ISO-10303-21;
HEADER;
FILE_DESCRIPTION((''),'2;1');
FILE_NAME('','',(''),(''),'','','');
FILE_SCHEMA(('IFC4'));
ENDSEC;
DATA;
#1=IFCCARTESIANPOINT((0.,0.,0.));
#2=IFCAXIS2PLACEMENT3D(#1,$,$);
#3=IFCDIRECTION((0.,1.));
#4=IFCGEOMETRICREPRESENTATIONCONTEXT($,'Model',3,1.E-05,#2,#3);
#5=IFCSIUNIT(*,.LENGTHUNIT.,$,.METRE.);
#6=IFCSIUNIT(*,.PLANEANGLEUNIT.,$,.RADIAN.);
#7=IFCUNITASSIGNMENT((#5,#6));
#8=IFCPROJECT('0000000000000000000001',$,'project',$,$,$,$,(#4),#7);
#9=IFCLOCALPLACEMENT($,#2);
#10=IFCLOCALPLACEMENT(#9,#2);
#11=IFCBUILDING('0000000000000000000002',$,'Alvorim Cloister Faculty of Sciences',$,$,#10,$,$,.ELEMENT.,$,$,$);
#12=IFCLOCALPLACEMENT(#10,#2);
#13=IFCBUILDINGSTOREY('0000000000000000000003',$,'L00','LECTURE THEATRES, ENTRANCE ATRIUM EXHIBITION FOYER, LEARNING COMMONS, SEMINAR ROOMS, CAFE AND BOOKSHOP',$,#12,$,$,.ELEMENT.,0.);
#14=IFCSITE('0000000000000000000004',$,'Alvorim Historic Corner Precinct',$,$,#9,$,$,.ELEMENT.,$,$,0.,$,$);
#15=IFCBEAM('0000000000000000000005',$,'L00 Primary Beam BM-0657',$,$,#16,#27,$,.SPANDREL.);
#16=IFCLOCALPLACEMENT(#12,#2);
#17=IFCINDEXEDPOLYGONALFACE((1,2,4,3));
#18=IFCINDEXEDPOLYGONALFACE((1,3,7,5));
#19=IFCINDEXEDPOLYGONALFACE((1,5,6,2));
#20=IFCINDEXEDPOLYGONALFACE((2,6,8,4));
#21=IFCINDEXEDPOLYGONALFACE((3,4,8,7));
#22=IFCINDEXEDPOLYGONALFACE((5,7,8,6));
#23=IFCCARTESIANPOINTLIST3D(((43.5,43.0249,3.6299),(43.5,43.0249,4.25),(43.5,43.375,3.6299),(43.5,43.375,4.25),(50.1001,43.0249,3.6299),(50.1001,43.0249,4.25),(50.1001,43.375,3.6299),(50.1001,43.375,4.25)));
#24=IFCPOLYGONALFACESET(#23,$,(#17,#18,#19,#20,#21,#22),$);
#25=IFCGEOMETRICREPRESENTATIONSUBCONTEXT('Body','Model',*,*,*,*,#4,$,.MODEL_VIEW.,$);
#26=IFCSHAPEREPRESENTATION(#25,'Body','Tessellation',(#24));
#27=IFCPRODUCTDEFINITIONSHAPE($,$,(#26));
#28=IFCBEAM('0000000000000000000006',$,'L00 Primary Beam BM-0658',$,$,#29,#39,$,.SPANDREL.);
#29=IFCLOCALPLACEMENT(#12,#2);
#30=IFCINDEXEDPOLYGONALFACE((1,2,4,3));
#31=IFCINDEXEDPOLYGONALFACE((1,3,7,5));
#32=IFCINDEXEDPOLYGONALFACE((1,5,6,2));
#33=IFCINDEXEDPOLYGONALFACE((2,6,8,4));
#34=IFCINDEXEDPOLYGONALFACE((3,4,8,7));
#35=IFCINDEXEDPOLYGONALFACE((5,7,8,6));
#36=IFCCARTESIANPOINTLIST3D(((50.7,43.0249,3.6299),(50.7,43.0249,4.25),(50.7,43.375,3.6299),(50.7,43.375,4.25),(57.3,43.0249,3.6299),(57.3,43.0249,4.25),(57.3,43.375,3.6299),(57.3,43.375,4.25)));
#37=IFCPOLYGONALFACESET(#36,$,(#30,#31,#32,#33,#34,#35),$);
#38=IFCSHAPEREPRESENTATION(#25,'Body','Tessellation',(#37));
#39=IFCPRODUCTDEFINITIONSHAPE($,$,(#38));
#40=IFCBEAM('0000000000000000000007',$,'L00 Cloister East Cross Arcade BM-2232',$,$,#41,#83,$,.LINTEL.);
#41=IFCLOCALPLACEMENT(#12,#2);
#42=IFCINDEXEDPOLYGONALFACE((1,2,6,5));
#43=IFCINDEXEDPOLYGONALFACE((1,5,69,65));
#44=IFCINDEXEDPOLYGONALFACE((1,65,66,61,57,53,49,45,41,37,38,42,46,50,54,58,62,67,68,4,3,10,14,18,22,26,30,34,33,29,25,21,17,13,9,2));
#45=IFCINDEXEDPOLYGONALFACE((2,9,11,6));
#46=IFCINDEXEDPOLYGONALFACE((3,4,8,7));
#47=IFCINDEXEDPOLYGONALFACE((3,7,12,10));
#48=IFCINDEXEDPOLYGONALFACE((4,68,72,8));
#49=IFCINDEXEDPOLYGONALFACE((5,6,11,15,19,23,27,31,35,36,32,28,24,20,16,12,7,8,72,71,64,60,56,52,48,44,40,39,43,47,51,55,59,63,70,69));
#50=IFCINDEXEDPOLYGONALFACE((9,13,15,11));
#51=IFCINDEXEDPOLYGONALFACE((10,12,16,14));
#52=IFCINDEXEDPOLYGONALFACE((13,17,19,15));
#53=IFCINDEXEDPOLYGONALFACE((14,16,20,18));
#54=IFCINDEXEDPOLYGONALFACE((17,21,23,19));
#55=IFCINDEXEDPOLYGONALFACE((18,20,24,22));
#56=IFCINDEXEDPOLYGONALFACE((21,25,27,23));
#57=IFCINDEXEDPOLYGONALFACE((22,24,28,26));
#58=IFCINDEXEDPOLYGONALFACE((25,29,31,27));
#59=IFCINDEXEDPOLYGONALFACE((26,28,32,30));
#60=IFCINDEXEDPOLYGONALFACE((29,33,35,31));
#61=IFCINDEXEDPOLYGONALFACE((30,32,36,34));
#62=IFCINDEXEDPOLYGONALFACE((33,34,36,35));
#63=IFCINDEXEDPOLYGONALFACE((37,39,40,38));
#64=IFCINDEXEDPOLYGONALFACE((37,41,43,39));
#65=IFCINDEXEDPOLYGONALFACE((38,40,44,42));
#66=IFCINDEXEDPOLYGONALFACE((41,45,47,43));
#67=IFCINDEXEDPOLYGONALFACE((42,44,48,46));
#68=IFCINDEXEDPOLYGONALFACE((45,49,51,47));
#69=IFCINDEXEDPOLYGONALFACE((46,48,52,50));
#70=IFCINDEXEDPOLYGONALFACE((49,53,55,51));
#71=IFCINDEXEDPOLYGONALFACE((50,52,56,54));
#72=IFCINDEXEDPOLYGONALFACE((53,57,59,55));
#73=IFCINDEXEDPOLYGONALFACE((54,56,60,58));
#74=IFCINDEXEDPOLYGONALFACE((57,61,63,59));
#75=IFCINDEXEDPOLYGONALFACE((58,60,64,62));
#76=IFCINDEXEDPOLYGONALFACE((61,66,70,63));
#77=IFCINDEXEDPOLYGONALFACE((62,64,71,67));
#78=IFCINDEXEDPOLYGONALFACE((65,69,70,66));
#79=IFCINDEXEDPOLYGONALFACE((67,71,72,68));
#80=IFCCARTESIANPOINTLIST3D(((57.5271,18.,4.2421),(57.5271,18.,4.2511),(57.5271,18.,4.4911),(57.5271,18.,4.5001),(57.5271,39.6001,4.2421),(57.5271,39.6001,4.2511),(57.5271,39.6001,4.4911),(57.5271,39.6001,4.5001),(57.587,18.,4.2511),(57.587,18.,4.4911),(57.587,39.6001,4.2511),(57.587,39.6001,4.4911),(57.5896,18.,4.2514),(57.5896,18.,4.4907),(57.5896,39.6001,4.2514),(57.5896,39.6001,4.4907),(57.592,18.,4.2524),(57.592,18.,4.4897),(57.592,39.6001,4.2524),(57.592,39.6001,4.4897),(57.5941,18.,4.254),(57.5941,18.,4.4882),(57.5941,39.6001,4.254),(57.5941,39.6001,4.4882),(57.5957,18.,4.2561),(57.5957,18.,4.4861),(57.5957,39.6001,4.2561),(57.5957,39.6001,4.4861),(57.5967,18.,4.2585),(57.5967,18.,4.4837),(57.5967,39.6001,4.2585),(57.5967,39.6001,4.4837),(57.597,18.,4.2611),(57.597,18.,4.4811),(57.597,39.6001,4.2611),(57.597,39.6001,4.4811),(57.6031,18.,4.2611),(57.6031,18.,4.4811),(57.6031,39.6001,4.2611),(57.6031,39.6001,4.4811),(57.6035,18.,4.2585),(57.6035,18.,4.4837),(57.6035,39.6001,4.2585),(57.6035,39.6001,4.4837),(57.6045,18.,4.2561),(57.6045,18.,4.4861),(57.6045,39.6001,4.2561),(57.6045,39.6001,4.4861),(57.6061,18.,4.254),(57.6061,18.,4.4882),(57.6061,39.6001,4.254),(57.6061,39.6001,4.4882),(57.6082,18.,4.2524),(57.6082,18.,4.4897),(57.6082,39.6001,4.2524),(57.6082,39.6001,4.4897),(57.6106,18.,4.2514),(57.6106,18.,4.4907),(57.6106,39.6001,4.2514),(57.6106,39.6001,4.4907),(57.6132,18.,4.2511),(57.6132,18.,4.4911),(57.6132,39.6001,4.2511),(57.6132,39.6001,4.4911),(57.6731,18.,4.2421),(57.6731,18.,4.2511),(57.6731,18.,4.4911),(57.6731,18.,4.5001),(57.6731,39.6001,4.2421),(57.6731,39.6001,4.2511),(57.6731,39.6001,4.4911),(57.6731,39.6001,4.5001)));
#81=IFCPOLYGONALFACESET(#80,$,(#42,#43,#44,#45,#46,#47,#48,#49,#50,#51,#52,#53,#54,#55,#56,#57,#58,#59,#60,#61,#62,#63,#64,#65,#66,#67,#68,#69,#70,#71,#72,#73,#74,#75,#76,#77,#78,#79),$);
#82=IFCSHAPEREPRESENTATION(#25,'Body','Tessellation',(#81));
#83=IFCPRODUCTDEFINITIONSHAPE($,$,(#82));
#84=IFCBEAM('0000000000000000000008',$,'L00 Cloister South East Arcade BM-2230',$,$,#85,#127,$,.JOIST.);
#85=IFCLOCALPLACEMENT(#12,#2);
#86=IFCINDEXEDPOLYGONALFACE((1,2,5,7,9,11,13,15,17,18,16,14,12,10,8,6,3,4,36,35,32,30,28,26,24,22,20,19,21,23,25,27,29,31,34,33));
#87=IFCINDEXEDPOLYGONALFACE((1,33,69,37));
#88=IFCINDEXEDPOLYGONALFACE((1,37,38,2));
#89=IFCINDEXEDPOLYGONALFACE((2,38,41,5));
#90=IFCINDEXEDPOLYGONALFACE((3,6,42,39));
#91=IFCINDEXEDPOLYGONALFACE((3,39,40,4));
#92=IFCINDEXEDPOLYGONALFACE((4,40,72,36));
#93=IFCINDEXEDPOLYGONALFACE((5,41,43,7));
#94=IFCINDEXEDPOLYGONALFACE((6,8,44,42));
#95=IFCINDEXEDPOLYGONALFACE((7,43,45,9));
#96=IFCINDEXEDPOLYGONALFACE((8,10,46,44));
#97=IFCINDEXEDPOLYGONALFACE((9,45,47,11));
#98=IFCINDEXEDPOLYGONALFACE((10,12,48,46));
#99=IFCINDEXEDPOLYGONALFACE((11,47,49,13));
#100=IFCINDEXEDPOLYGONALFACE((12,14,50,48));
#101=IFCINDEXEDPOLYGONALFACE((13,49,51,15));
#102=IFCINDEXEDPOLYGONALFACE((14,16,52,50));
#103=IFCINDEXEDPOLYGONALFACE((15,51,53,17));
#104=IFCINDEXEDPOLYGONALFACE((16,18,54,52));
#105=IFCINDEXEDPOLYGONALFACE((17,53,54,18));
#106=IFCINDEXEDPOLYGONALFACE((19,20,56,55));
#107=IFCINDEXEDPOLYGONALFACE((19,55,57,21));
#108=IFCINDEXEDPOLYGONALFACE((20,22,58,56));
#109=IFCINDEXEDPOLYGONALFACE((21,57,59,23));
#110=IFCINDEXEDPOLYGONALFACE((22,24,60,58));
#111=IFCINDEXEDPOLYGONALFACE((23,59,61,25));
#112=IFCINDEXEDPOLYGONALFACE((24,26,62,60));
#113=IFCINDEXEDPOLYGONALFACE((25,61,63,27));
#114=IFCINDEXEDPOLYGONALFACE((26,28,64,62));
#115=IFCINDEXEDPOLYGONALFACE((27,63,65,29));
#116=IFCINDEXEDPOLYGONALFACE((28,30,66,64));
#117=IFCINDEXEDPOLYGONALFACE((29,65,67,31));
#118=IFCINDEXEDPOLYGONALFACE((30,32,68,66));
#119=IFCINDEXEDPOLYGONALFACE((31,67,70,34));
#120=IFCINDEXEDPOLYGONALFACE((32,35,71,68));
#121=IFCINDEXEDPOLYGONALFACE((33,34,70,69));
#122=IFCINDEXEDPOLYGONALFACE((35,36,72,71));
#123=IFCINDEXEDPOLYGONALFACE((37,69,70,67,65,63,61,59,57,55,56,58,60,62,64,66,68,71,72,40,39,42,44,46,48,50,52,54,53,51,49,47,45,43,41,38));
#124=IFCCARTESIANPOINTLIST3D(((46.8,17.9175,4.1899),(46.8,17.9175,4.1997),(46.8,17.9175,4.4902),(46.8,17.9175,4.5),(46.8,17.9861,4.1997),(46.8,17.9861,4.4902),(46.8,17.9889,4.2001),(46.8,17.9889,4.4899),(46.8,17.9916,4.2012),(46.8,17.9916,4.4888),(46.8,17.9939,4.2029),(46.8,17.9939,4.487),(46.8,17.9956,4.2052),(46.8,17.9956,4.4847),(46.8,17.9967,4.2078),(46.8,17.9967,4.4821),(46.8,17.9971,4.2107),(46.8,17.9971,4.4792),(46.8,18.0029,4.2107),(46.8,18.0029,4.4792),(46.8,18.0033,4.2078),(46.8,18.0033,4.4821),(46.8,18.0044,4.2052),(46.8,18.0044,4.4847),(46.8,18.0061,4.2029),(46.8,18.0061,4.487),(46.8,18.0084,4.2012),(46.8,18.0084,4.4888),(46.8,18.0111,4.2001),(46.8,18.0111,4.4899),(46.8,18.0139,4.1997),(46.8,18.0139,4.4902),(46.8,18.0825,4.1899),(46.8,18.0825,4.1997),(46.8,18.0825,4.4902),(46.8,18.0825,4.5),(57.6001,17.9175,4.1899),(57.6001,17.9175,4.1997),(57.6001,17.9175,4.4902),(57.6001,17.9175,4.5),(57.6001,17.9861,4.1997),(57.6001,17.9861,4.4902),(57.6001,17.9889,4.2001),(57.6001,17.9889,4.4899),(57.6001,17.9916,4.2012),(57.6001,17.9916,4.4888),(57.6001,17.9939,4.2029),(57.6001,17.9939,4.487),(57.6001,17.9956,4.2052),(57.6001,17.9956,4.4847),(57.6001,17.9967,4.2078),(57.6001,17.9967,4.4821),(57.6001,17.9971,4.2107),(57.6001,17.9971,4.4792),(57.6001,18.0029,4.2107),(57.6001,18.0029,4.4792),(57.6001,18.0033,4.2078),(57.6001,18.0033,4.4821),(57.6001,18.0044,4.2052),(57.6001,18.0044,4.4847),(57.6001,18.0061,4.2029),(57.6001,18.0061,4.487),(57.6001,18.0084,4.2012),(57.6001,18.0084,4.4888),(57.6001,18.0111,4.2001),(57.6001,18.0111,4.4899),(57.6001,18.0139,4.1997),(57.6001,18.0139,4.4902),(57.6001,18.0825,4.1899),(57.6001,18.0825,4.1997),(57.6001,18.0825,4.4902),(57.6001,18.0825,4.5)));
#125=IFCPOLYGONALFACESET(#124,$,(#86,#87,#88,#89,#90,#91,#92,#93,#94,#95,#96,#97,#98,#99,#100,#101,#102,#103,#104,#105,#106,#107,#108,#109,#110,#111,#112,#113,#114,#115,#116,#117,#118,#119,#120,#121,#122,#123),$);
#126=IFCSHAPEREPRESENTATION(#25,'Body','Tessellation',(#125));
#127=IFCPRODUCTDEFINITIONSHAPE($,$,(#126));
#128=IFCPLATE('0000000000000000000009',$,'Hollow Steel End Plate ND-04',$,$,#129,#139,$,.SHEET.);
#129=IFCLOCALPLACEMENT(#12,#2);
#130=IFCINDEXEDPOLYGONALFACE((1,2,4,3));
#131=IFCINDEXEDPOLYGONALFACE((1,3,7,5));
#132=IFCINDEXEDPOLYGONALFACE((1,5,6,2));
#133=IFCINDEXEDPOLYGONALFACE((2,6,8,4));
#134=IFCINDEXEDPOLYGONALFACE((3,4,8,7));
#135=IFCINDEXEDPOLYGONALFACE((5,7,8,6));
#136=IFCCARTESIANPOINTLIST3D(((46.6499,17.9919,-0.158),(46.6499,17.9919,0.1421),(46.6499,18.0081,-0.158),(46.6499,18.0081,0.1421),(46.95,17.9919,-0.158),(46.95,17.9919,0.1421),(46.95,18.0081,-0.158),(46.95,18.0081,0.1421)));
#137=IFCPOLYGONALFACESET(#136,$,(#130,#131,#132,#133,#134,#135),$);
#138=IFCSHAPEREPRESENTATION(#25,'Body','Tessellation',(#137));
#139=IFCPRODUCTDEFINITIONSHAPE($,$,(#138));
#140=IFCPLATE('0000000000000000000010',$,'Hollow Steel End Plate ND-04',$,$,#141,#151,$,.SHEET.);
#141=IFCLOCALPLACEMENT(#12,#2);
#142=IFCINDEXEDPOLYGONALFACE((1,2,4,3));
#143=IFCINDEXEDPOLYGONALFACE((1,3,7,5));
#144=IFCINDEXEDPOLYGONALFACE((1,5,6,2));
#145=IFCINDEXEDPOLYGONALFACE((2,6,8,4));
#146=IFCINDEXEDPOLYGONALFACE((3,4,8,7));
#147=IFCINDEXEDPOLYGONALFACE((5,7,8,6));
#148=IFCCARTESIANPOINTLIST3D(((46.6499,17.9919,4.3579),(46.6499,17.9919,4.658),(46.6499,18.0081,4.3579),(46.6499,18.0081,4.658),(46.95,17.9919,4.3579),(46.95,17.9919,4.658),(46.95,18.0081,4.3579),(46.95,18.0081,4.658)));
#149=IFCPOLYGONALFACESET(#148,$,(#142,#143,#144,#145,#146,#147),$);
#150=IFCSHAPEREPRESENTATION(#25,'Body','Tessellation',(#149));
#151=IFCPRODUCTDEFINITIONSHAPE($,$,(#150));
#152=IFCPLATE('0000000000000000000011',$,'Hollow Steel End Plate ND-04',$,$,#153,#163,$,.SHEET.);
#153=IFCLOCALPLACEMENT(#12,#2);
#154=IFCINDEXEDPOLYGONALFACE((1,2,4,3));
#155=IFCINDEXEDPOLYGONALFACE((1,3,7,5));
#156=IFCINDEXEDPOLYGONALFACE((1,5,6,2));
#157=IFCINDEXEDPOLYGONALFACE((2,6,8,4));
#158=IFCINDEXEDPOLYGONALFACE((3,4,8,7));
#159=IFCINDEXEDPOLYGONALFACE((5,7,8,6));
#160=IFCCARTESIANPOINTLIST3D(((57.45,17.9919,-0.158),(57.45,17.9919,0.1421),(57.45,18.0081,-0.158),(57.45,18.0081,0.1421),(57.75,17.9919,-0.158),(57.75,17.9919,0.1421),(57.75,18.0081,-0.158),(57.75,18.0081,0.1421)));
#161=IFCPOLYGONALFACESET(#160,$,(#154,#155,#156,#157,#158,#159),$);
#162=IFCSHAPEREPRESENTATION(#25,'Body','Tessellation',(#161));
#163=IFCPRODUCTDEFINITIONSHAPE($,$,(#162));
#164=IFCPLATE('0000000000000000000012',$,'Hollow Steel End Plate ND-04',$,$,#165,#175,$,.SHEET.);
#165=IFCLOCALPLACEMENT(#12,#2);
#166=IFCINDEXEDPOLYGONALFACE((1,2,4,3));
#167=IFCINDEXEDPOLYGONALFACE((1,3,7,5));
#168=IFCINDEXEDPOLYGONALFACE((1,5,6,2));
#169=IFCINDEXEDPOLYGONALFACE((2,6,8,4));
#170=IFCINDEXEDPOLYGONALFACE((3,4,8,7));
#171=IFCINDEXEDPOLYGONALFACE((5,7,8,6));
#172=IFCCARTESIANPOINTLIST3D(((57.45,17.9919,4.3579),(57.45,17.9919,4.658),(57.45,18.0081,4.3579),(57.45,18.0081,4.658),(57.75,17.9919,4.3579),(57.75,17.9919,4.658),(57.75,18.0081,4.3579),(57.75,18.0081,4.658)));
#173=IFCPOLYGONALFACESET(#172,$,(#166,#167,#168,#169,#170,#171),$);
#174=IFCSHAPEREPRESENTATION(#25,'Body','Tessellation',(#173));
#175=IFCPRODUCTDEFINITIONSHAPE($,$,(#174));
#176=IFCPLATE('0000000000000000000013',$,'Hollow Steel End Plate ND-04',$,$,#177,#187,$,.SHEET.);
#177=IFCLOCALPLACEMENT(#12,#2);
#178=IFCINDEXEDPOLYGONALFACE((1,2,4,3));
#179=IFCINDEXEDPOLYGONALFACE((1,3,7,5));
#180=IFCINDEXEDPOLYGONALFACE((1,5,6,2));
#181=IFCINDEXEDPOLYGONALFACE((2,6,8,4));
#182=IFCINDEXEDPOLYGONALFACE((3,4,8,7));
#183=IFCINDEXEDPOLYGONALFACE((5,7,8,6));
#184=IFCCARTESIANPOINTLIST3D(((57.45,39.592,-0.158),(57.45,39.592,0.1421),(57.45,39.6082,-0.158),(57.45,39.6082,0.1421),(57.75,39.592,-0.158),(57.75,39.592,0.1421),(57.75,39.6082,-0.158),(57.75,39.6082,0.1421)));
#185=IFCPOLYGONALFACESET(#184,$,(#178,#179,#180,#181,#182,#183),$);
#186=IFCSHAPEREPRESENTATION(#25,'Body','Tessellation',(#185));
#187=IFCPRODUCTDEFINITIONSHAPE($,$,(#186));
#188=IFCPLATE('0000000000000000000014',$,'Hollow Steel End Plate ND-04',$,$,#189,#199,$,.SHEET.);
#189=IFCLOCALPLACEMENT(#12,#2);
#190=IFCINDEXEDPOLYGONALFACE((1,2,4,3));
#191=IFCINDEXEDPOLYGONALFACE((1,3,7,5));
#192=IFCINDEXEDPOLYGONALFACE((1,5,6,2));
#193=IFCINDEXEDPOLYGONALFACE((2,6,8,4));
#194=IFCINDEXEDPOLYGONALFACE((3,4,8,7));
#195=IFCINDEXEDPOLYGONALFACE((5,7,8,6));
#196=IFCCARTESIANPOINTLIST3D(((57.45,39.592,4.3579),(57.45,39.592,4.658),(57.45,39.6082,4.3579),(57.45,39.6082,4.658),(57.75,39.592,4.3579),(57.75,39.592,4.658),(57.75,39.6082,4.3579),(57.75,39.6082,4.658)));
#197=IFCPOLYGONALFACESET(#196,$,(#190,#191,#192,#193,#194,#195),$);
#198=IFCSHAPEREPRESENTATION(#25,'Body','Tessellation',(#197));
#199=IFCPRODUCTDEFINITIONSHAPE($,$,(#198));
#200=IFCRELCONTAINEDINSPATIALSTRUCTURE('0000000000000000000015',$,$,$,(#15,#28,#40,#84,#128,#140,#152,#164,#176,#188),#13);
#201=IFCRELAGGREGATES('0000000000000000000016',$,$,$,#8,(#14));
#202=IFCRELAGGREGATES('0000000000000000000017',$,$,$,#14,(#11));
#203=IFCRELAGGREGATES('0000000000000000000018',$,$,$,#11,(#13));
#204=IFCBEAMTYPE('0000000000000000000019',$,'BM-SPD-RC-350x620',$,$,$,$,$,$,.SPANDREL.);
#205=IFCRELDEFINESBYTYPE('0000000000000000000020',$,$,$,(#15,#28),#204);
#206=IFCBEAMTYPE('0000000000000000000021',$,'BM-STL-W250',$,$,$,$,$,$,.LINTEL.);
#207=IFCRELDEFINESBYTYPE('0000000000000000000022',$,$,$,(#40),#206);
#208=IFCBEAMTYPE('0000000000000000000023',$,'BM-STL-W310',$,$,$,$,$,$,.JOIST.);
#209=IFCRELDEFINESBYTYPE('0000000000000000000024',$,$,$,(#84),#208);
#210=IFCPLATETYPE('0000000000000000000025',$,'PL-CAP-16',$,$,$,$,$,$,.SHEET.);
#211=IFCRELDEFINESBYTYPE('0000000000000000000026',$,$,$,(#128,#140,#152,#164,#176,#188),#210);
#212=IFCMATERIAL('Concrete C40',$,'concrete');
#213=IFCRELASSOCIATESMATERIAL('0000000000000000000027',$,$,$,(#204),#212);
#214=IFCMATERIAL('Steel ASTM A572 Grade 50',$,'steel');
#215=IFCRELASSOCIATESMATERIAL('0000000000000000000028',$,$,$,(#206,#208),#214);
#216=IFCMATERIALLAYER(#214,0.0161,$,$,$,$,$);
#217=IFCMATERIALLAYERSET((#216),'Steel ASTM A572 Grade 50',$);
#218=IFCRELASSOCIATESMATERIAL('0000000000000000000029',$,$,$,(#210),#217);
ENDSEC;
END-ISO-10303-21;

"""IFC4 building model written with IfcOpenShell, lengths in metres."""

from ifc_helpers import new_model, si_unit, direction, frame, origin, origin_2d, place, context, subcontext, project, spatial, polyline, rectangle, i_section, outline, extrude, material, layer, layer_set, material_profile, profile_set, type_object, element, save


model = new_model("IFC4")

# Units and contexts
model_context = context("Model", 3, precision=1e-05, world=origin(), true_north=direction((0.0, 1.0)))
body_context = subcontext(model_context, "Body", "Model", "MODEL_VIEW")
ifc_project = project(units=[si_unit("LENGTHUNIT", "METRE"), si_unit("PLANEANGLEUNIT", "RADIAN")], contexts=[model_context])

# Site, building, storey
site_placement = place(None, origin())
site = spatial("IfcSite", under=ifc_project, at=site_placement, Name="Alvorim Historic Corner Precinct", CompositionType="ELEMENT", RefElevation=0.0)
building_placement = place(site_placement, origin())
building = spatial("IfcBuilding", under=site, at=building_placement, Name="Alvorim Cloister Faculty of Sciences", CompositionType="ELEMENT")
storey_placement = place(building_placement, origin())
storey = spatial("IfcBuildingStorey", under=building, at=storey_placement, Name="L00", Description="LECTURE THEATRES, ENTRANCE ATRIUM EXHIBITION FOYER, LEARNING COMMONS, SEMINAR ROOMS, CAFE AND BOOKSHOP", CompositionType="ELEMENT", Elevation=0.0)

# Shared definitions
ifc_material_1 = material(Name="Concrete C40", Category="concrete")
ifc_material_2 = material(Name="Steel ASTM A572 Grade 50", Category="steel")

# Beams
ifc_material_profile_1 = material_profile(ifc_material_1, rectangle(XDim=0.3501, YDim=0.6201, at=origin_2d()), Name="RC40-SPD-350x620")
ifc_profile_set_1 = profile_set([ifc_material_profile_1], Name="Concrete C40")
beam_type_1 = type_object("IfcBeamType", Name="BM-SPD-RC-350x620", PredefinedType="SPANDREL", material=ifc_profile_set_1)
for number, where, z_axis, x_axis, name in (
    (1, (43.5, 43.2, 3.9399), (1.0, 0.0, 0.0), (0.0, 1.0, 0.0), "L00 Primary Beam BM-0657"),
    (2, (50.7, 43.2, 3.9399), (1.0, 0.0, 0.0), (0.0, 1.0, 0.0), "L00 Primary Beam BM-0658"),
):
    element("IfcBeam", number, at=place(storey_placement, frame(where, z_axis=z_axis, x_axis=x_axis)), inside=storey, type_object=beam_type_1, Name=name, PredefinedType="SPANDREL", context=body_context, shape_type="SweptSolid", body=[
        extrude(rectangle(XDim=0.3501, YDim=0.6201, at=origin_2d()), origin(), (0.0, 0.0, 1.0), 6.6001),
    ])
ifc_material_profile_2 = material_profile(ifc_material_2, i_section(OverallWidth=0.146, OverallDepth=0.2581, WebThickness=0.0061, FlangeThickness=0.009, FilletRadius=0.01, at=origin_2d()), Name="W250x32.7")
ifc_profile_set_2 = profile_set([ifc_material_profile_2], Name="Steel ASTM A572 Grade 50")
beam_type_2 = type_object("IfcBeamType", Name="BM-STL-W250", PredefinedType="LINTEL", material=ifc_profile_set_2)
beam_1_placement = place(storey_placement, frame((57.6001, 18.0, 4.3711), z_axis=(0.0, 1.0, 0.0), x_axis=(-1.0, 0.0, 0.0)))
element("IfcBeam", 3, at=beam_1_placement, inside=storey, type_object=beam_type_2, Name="L00 Cloister East Cross Arcade BM-2232", PredefinedType="LINTEL", context=body_context, shape_type="SweptSolid", body=[
    extrude(i_section(OverallWidth=0.146, OverallDepth=0.2581, WebThickness=0.0061, FlangeThickness=0.009, FilletRadius=0.01, at=origin_2d()), origin(), (0.0, 0.0, 1.0), 21.6001),
])
ifc_material_profile_3 = material_profile(ifc_material_2, i_section(OverallWidth=0.165, OverallDepth=0.3101, WebThickness=0.0059, FlangeThickness=0.0098, FilletRadius=0.011, at=origin_2d()), Name="W310x38.7")
ifc_profile_set_3 = profile_set([ifc_material_profile_3], Name="Steel ASTM A572 Grade 50")
beam_type_3 = type_object("IfcBeamType", Name="BM-STL-W310", PredefinedType="JOIST", material=ifc_profile_set_3)
beam_2_placement = place(storey_placement, frame((46.8, 18.0, 4.345), z_axis=(1.0, 0.0, 0.0), x_axis=(0.0, 1.0, 0.0)))
element("IfcBeam", 4, at=beam_2_placement, inside=storey, type_object=beam_type_3, Name="L00 Cloister South East Arcade BM-2230", PredefinedType="JOIST", context=body_context, shape_type="SweptSolid", body=[
    extrude(i_section(OverallWidth=0.165, OverallDepth=0.3101, WebThickness=0.0059, FlangeThickness=0.0098, FilletRadius=0.011, at=origin_2d()), origin(), (0.0, 0.0, 1.0), 10.8),
])

# Plates
ifc_layer_1 = layer(ifc_material_2, 0.0161)
ifc_layer_set_1 = layer_set([ifc_layer_1], Name="Steel ASTM A572 Grade 50")
plate_type = type_object("IfcPlateType", Name="PL-CAP-16", PredefinedType="SHEET", material=ifc_layer_set_1)
for number, where, z_axis, x_axis, name in (
    (5, (46.6499, 18.0, -0.158), (0.0, 0.0, 1.0), (1.0, 0.0, 0.0), "Hollow Steel End Plate ND-04"),
    (6, (46.6499, 18.0, 4.3579), (0.0, 0.0, 1.0), (1.0, 0.0, 0.0), "Hollow Steel End Plate ND-04"),
    (7, (57.45, 18.0, -0.158), (0.0, 0.0, 1.0), (1.0, 0.0, 0.0), "Hollow Steel End Plate ND-04"),
    (8, (57.45, 18.0, 4.3579), (0.0, 0.0, 1.0), (1.0, 0.0, 0.0), "Hollow Steel End Plate ND-04"),
    (9, (57.45, 39.6001, -0.158), (0.0, 0.0, 1.0), (1.0, 0.0, 0.0), "Hollow Steel End Plate ND-04"),
    (10, (57.45, 39.6001, 4.3579), (0.0, 0.0, 1.0), (1.0, 0.0, 0.0), "Hollow Steel End Plate ND-04"),
):
    element("IfcPlate", number, at=place(storey_placement, frame(where, z_axis=z_axis, x_axis=x_axis)), inside=storey, type_object=plate_type, Name=name, PredefinedType="SHEET", context=body_context, shape_type="SweptSolid", body=[
        extrude(outline(polyline([(0.0, 0.0), (0.3, 0.0), (0.3, 0.3), (0.0, 0.3), (0.0, 0.0)])), frame((0.0, 0.0081, 0.0), z_axis=(0.0, -1.0, 0.0), x_axis=(1.0, 0.0, 0.0)), (0.0, 0.0, 1.0), 0.0161),
    ])

save(model, "model.ifc")
